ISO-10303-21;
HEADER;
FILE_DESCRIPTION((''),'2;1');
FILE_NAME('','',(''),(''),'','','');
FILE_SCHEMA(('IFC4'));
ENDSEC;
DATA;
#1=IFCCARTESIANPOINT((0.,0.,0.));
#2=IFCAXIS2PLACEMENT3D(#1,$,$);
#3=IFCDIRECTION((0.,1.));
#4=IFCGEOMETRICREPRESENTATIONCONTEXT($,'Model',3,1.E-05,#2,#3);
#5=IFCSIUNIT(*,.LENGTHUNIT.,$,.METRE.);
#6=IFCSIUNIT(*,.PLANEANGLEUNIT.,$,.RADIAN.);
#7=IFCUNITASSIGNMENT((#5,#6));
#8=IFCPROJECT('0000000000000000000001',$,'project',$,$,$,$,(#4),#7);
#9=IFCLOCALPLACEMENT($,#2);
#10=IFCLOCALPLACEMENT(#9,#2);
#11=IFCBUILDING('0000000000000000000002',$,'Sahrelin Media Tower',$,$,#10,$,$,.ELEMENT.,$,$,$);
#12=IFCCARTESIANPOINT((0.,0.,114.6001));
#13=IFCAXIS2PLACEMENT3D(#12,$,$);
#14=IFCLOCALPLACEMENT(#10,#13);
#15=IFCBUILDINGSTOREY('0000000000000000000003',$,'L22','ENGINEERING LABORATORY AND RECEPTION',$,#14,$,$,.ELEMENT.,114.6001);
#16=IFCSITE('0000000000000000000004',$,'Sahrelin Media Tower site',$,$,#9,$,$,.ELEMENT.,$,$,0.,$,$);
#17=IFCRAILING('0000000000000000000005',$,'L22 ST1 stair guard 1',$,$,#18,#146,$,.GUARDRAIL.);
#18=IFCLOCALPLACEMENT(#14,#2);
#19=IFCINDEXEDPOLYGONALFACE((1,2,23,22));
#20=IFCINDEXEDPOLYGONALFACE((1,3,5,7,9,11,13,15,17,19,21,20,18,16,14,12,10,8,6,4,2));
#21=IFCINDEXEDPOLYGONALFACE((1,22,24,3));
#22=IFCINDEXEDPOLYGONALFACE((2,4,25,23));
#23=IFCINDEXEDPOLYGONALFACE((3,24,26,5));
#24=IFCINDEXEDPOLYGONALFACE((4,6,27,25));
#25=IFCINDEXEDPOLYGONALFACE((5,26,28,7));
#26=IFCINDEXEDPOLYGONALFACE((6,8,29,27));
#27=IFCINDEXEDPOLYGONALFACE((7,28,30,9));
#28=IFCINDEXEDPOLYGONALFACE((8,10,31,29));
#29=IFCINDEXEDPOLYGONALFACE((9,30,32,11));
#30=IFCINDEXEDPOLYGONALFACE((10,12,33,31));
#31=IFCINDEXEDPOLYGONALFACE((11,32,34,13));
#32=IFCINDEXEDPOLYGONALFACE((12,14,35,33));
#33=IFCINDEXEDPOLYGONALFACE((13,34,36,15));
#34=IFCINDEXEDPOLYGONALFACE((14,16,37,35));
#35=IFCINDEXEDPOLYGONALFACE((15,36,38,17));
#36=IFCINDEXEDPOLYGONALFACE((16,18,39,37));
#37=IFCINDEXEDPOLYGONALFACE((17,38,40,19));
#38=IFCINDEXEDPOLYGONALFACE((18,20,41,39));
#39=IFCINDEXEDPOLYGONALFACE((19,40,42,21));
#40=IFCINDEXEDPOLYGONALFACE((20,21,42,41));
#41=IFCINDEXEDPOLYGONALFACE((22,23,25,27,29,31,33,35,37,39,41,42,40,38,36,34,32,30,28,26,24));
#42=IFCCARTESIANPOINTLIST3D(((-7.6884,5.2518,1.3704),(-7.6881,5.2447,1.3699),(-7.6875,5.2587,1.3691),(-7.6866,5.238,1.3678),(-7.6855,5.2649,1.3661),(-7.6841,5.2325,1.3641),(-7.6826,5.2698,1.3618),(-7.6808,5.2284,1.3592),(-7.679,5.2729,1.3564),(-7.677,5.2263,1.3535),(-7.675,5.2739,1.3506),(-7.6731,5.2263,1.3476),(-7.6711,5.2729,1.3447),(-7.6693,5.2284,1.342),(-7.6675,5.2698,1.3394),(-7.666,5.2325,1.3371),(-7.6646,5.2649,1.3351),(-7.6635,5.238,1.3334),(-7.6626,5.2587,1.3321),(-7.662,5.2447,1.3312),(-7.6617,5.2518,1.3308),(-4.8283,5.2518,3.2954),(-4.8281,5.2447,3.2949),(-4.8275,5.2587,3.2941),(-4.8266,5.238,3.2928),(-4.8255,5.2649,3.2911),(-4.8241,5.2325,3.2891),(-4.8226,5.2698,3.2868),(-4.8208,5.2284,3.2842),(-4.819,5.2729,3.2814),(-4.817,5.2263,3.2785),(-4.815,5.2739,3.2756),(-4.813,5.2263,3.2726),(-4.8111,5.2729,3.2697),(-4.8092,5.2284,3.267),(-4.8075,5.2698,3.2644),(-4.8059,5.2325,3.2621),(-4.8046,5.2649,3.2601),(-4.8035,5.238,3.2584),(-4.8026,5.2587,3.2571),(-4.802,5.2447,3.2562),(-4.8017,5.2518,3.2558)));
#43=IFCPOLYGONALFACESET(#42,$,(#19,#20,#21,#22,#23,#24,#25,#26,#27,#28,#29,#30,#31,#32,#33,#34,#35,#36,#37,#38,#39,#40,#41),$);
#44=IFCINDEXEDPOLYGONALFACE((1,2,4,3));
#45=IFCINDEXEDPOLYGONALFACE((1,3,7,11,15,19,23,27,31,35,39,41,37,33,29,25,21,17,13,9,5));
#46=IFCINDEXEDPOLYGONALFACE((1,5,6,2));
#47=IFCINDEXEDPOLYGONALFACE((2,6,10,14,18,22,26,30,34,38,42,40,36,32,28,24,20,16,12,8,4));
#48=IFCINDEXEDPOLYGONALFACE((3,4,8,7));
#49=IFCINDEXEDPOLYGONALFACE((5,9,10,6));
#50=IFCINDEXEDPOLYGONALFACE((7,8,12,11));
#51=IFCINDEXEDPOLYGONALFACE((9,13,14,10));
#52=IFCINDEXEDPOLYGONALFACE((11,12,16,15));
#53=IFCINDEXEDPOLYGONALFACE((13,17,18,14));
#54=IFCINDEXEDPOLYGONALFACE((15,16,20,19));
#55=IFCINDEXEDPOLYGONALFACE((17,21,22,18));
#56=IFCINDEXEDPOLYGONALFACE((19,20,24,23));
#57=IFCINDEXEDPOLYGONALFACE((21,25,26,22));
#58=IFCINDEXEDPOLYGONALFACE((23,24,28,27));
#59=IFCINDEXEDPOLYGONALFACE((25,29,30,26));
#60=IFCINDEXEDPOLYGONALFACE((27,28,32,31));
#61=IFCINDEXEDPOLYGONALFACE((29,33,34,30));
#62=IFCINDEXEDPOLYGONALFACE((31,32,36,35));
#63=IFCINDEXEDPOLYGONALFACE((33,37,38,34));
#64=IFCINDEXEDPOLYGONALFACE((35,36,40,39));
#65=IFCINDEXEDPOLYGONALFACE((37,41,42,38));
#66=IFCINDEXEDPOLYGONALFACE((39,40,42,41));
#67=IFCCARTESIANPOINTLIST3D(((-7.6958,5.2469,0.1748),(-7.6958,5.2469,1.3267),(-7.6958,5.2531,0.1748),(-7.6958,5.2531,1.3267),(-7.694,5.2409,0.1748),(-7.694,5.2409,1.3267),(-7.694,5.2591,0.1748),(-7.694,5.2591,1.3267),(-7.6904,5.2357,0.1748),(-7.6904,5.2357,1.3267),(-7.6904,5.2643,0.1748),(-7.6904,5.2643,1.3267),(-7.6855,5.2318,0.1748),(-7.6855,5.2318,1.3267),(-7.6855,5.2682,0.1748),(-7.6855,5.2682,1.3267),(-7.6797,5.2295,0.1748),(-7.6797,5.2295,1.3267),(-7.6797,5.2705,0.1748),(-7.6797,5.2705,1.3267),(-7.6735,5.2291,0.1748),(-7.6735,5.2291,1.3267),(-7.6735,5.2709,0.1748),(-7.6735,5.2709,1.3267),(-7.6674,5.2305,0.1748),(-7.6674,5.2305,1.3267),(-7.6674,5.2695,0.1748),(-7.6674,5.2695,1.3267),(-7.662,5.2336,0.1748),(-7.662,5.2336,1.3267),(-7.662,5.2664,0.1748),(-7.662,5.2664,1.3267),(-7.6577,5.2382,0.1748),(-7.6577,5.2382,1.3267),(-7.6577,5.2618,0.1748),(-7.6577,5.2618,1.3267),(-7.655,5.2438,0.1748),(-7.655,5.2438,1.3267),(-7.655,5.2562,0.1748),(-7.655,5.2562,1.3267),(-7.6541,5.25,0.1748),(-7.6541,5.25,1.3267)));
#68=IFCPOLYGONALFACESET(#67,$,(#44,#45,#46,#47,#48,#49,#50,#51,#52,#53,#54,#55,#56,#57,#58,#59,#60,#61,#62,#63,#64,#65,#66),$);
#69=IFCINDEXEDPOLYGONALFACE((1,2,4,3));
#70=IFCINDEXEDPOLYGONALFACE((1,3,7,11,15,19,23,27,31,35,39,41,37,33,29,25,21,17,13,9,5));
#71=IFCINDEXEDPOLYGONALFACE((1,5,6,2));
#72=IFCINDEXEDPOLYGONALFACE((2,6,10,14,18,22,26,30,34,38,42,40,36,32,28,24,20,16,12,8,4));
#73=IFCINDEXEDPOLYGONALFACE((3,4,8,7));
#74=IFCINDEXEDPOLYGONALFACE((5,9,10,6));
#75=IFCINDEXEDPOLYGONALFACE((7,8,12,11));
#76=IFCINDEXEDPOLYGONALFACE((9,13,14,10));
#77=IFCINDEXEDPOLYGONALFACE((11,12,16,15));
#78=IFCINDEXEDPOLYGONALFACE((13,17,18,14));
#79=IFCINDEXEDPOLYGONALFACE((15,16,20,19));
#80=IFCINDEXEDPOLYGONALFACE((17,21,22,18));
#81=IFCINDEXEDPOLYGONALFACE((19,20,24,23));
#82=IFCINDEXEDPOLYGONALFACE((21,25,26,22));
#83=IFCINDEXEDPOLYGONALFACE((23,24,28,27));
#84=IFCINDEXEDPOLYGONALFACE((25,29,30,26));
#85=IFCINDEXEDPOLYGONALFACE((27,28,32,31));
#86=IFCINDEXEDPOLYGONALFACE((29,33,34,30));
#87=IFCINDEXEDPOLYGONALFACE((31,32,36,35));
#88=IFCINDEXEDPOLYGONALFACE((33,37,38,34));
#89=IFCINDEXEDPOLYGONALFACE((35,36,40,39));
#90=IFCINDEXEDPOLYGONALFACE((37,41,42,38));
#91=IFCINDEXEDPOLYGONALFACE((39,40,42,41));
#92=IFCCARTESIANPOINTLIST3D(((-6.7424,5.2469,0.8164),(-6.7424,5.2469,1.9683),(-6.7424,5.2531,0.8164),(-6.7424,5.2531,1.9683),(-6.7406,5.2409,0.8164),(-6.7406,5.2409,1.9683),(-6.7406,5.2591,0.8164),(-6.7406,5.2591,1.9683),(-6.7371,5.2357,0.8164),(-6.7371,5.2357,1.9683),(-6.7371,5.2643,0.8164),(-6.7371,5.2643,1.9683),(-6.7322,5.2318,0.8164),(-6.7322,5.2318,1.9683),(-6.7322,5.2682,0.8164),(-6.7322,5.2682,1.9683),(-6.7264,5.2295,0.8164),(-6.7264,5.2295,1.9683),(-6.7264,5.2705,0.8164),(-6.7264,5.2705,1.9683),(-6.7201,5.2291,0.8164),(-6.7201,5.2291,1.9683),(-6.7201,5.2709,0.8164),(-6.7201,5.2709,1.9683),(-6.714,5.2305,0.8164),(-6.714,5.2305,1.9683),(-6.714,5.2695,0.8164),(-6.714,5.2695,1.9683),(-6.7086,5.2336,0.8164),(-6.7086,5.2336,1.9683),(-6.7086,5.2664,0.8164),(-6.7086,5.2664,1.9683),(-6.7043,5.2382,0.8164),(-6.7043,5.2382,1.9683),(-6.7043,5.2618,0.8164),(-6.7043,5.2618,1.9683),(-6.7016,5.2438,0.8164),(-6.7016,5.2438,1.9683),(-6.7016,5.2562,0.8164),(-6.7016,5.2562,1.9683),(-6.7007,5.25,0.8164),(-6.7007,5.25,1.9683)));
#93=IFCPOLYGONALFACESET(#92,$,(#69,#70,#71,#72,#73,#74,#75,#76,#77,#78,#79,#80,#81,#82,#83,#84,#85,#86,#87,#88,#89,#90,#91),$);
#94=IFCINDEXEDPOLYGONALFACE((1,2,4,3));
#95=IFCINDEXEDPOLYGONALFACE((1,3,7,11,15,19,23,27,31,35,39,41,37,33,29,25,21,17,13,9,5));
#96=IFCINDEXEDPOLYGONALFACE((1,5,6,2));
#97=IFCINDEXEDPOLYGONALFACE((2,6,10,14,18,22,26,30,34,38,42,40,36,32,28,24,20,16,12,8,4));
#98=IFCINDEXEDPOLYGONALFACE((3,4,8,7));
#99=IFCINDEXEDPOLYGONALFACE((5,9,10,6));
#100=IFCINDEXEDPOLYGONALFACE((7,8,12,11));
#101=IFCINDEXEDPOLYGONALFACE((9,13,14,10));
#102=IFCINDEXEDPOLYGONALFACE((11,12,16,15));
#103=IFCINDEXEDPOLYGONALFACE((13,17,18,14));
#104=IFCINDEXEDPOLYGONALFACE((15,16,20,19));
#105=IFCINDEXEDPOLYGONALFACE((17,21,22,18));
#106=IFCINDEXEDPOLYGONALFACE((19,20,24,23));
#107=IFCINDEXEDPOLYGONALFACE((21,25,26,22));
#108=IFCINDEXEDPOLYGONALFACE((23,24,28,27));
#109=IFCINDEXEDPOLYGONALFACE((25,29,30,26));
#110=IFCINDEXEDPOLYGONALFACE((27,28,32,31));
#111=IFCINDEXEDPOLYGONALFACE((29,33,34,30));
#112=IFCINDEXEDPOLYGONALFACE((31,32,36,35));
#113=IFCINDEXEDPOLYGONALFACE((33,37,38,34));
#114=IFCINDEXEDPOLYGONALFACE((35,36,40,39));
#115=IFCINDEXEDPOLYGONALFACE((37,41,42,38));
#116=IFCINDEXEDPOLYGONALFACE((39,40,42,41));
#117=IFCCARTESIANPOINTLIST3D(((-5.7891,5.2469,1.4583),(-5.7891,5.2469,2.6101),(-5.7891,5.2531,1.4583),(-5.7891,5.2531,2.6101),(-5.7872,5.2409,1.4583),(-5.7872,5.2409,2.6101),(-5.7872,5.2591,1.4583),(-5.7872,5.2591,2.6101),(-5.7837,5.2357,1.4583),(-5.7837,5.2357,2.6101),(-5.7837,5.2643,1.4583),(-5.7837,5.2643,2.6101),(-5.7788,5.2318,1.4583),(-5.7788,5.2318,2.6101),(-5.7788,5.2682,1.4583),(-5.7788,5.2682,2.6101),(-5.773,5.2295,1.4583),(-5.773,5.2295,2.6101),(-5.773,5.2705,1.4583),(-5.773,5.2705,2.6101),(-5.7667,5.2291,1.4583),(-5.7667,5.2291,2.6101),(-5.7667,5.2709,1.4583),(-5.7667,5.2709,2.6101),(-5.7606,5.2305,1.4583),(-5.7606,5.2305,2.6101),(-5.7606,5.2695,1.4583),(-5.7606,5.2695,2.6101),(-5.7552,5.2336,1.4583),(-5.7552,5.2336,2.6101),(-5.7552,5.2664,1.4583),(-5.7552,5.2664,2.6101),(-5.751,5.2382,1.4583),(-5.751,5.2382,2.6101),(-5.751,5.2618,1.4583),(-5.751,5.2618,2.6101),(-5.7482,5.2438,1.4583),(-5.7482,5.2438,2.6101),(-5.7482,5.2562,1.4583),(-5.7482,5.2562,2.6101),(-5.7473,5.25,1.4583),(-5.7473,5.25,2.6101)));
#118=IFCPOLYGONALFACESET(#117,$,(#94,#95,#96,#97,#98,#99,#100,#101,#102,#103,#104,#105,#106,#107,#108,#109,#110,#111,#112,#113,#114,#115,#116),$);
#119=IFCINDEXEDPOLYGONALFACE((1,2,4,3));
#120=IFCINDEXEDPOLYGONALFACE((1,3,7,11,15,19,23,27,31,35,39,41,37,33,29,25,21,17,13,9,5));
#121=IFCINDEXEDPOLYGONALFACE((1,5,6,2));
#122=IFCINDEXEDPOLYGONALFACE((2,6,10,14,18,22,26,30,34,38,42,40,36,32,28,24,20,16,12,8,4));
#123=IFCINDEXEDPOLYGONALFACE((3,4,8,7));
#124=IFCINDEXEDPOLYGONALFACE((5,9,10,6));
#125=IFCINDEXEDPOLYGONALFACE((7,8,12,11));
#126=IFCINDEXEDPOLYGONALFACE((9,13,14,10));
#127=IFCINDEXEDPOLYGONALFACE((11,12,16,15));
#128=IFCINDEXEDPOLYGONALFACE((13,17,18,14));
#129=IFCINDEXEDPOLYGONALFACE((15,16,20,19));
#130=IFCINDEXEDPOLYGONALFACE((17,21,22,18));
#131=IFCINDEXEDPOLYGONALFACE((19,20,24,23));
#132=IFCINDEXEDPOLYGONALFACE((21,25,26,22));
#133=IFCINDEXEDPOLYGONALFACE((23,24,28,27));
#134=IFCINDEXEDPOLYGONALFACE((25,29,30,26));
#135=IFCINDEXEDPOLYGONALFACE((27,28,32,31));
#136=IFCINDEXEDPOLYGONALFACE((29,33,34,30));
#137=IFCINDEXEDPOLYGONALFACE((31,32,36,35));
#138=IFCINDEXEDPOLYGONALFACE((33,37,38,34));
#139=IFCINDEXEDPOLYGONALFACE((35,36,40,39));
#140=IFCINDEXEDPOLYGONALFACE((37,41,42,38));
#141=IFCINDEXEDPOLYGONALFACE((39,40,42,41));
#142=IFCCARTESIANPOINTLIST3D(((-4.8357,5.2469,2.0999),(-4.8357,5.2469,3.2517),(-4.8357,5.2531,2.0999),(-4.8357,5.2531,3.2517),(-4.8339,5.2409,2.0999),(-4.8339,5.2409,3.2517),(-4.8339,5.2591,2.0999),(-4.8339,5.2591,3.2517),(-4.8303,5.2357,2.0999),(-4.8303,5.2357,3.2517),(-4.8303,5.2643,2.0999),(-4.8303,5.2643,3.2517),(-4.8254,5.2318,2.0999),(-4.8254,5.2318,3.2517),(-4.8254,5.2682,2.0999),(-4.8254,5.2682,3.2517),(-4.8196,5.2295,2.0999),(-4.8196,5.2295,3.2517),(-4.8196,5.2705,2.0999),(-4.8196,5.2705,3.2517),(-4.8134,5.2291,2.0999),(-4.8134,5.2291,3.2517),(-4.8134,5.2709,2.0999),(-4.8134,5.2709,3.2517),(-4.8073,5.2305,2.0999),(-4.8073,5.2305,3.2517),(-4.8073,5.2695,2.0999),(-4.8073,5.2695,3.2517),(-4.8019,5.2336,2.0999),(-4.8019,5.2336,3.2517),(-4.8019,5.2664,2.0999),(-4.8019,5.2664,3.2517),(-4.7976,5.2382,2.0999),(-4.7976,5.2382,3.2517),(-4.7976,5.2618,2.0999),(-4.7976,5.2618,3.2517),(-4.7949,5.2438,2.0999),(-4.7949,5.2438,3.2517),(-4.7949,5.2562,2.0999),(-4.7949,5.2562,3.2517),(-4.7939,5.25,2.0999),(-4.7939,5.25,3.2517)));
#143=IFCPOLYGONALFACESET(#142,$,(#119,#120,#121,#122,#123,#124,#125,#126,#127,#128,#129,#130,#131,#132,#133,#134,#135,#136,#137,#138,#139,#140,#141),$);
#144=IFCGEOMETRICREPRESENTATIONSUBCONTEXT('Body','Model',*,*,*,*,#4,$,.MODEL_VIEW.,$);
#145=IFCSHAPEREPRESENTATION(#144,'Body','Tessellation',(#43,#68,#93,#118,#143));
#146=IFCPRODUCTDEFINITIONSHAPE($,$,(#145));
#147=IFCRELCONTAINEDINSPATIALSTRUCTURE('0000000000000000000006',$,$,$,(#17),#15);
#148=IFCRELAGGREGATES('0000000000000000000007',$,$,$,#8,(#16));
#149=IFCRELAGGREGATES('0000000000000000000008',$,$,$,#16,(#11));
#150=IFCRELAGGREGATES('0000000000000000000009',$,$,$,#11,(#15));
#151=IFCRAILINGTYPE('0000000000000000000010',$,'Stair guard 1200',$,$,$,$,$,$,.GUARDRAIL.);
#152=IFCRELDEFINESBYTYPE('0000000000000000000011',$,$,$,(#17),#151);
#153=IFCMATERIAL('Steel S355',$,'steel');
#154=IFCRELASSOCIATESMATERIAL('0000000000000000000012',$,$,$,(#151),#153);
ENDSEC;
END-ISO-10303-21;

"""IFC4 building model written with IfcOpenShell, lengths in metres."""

from ifc_helpers import new_model, si_unit, direction, frame, origin, origin_2d, place, context, subcontext, project, spatial, circle, extrude, material, type_object, element, save


model = new_model("IFC4")

# Units and contexts
model_context = context("Model", 3, precision=1e-05, world=origin(), true_north=direction((0.0, 1.0)))
body_context = subcontext(model_context, "Body", "Model", "MODEL_VIEW")
ifc_project = project(units=[si_unit("LENGTHUNIT", "METRE"), si_unit("PLANEANGLEUNIT", "RADIAN")], contexts=[model_context])

# Site, building, storey
site_placement = place(None, origin())
site = spatial("IfcSite", under=ifc_project, at=site_placement, Name="Sahrelin Media Tower site", CompositionType="ELEMENT", RefElevation=0.0)
building_placement = place(site_placement, origin())
building = spatial("IfcBuilding", under=site, at=building_placement, Name="Sahrelin Media Tower", CompositionType="ELEMENT")
storey_placement = place(building_placement, frame((0.0, 0.0, 114.6001)))
storey = spatial("IfcBuildingStorey", under=building, at=storey_placement, Name="L22", Description="ENGINEERING LABORATORY AND RECEPTION", CompositionType="ELEMENT", Elevation=114.6001)

# Shared definitions
ifc_material_1 = material(Name="Steel S355", Category="steel")

# Railing
railing_type_1 = type_object("IfcRailingType", Name="Stair guard 1200", PredefinedType="GUARDRAIL", material=ifc_material_1)
railing_1_placement = place(storey_placement, frame((-7.675, 5.25, 0.1748)))
element("IfcRailing", 1, at=railing_1_placement, inside=storey, type_object=railing_type_1, Name="L22 ST1 stair guard 1", PredefinedType="GUARDRAIL", context=body_context, shape_type="SweptSolid", body=[
    extrude(circle(Radius=0.0239, at=origin_2d()), frame((0.0, 0.0, 1.1758), z_axis=(0.829591, 0.0, 0.558372), x_axis=(0.0, 1.0, 0.0)), (0.0, 0.0, 1.0), 3.4475),
    extrude(circle(Radius=0.021, at=origin_2d()), origin(), (0.0, 0.0, 1.0), 1.1519),
    extrude(circle(Radius=0.021, at=origin_2d()), frame((0.9534, 0.0, 0.6416)), (0.0, 0.0, 1.0), 1.1519),
    extrude(circle(Radius=0.021, at=origin_2d()), frame((1.9067, 0.0, 1.2834)), (0.0, 0.0, 1.0), 1.1519),
    extrude(circle(Radius=0.021, at=origin_2d()), frame((2.8601, 0.0, 1.925)), (0.0, 0.0, 1.0), 1.1519),
])

save(model, "model.ifc")
